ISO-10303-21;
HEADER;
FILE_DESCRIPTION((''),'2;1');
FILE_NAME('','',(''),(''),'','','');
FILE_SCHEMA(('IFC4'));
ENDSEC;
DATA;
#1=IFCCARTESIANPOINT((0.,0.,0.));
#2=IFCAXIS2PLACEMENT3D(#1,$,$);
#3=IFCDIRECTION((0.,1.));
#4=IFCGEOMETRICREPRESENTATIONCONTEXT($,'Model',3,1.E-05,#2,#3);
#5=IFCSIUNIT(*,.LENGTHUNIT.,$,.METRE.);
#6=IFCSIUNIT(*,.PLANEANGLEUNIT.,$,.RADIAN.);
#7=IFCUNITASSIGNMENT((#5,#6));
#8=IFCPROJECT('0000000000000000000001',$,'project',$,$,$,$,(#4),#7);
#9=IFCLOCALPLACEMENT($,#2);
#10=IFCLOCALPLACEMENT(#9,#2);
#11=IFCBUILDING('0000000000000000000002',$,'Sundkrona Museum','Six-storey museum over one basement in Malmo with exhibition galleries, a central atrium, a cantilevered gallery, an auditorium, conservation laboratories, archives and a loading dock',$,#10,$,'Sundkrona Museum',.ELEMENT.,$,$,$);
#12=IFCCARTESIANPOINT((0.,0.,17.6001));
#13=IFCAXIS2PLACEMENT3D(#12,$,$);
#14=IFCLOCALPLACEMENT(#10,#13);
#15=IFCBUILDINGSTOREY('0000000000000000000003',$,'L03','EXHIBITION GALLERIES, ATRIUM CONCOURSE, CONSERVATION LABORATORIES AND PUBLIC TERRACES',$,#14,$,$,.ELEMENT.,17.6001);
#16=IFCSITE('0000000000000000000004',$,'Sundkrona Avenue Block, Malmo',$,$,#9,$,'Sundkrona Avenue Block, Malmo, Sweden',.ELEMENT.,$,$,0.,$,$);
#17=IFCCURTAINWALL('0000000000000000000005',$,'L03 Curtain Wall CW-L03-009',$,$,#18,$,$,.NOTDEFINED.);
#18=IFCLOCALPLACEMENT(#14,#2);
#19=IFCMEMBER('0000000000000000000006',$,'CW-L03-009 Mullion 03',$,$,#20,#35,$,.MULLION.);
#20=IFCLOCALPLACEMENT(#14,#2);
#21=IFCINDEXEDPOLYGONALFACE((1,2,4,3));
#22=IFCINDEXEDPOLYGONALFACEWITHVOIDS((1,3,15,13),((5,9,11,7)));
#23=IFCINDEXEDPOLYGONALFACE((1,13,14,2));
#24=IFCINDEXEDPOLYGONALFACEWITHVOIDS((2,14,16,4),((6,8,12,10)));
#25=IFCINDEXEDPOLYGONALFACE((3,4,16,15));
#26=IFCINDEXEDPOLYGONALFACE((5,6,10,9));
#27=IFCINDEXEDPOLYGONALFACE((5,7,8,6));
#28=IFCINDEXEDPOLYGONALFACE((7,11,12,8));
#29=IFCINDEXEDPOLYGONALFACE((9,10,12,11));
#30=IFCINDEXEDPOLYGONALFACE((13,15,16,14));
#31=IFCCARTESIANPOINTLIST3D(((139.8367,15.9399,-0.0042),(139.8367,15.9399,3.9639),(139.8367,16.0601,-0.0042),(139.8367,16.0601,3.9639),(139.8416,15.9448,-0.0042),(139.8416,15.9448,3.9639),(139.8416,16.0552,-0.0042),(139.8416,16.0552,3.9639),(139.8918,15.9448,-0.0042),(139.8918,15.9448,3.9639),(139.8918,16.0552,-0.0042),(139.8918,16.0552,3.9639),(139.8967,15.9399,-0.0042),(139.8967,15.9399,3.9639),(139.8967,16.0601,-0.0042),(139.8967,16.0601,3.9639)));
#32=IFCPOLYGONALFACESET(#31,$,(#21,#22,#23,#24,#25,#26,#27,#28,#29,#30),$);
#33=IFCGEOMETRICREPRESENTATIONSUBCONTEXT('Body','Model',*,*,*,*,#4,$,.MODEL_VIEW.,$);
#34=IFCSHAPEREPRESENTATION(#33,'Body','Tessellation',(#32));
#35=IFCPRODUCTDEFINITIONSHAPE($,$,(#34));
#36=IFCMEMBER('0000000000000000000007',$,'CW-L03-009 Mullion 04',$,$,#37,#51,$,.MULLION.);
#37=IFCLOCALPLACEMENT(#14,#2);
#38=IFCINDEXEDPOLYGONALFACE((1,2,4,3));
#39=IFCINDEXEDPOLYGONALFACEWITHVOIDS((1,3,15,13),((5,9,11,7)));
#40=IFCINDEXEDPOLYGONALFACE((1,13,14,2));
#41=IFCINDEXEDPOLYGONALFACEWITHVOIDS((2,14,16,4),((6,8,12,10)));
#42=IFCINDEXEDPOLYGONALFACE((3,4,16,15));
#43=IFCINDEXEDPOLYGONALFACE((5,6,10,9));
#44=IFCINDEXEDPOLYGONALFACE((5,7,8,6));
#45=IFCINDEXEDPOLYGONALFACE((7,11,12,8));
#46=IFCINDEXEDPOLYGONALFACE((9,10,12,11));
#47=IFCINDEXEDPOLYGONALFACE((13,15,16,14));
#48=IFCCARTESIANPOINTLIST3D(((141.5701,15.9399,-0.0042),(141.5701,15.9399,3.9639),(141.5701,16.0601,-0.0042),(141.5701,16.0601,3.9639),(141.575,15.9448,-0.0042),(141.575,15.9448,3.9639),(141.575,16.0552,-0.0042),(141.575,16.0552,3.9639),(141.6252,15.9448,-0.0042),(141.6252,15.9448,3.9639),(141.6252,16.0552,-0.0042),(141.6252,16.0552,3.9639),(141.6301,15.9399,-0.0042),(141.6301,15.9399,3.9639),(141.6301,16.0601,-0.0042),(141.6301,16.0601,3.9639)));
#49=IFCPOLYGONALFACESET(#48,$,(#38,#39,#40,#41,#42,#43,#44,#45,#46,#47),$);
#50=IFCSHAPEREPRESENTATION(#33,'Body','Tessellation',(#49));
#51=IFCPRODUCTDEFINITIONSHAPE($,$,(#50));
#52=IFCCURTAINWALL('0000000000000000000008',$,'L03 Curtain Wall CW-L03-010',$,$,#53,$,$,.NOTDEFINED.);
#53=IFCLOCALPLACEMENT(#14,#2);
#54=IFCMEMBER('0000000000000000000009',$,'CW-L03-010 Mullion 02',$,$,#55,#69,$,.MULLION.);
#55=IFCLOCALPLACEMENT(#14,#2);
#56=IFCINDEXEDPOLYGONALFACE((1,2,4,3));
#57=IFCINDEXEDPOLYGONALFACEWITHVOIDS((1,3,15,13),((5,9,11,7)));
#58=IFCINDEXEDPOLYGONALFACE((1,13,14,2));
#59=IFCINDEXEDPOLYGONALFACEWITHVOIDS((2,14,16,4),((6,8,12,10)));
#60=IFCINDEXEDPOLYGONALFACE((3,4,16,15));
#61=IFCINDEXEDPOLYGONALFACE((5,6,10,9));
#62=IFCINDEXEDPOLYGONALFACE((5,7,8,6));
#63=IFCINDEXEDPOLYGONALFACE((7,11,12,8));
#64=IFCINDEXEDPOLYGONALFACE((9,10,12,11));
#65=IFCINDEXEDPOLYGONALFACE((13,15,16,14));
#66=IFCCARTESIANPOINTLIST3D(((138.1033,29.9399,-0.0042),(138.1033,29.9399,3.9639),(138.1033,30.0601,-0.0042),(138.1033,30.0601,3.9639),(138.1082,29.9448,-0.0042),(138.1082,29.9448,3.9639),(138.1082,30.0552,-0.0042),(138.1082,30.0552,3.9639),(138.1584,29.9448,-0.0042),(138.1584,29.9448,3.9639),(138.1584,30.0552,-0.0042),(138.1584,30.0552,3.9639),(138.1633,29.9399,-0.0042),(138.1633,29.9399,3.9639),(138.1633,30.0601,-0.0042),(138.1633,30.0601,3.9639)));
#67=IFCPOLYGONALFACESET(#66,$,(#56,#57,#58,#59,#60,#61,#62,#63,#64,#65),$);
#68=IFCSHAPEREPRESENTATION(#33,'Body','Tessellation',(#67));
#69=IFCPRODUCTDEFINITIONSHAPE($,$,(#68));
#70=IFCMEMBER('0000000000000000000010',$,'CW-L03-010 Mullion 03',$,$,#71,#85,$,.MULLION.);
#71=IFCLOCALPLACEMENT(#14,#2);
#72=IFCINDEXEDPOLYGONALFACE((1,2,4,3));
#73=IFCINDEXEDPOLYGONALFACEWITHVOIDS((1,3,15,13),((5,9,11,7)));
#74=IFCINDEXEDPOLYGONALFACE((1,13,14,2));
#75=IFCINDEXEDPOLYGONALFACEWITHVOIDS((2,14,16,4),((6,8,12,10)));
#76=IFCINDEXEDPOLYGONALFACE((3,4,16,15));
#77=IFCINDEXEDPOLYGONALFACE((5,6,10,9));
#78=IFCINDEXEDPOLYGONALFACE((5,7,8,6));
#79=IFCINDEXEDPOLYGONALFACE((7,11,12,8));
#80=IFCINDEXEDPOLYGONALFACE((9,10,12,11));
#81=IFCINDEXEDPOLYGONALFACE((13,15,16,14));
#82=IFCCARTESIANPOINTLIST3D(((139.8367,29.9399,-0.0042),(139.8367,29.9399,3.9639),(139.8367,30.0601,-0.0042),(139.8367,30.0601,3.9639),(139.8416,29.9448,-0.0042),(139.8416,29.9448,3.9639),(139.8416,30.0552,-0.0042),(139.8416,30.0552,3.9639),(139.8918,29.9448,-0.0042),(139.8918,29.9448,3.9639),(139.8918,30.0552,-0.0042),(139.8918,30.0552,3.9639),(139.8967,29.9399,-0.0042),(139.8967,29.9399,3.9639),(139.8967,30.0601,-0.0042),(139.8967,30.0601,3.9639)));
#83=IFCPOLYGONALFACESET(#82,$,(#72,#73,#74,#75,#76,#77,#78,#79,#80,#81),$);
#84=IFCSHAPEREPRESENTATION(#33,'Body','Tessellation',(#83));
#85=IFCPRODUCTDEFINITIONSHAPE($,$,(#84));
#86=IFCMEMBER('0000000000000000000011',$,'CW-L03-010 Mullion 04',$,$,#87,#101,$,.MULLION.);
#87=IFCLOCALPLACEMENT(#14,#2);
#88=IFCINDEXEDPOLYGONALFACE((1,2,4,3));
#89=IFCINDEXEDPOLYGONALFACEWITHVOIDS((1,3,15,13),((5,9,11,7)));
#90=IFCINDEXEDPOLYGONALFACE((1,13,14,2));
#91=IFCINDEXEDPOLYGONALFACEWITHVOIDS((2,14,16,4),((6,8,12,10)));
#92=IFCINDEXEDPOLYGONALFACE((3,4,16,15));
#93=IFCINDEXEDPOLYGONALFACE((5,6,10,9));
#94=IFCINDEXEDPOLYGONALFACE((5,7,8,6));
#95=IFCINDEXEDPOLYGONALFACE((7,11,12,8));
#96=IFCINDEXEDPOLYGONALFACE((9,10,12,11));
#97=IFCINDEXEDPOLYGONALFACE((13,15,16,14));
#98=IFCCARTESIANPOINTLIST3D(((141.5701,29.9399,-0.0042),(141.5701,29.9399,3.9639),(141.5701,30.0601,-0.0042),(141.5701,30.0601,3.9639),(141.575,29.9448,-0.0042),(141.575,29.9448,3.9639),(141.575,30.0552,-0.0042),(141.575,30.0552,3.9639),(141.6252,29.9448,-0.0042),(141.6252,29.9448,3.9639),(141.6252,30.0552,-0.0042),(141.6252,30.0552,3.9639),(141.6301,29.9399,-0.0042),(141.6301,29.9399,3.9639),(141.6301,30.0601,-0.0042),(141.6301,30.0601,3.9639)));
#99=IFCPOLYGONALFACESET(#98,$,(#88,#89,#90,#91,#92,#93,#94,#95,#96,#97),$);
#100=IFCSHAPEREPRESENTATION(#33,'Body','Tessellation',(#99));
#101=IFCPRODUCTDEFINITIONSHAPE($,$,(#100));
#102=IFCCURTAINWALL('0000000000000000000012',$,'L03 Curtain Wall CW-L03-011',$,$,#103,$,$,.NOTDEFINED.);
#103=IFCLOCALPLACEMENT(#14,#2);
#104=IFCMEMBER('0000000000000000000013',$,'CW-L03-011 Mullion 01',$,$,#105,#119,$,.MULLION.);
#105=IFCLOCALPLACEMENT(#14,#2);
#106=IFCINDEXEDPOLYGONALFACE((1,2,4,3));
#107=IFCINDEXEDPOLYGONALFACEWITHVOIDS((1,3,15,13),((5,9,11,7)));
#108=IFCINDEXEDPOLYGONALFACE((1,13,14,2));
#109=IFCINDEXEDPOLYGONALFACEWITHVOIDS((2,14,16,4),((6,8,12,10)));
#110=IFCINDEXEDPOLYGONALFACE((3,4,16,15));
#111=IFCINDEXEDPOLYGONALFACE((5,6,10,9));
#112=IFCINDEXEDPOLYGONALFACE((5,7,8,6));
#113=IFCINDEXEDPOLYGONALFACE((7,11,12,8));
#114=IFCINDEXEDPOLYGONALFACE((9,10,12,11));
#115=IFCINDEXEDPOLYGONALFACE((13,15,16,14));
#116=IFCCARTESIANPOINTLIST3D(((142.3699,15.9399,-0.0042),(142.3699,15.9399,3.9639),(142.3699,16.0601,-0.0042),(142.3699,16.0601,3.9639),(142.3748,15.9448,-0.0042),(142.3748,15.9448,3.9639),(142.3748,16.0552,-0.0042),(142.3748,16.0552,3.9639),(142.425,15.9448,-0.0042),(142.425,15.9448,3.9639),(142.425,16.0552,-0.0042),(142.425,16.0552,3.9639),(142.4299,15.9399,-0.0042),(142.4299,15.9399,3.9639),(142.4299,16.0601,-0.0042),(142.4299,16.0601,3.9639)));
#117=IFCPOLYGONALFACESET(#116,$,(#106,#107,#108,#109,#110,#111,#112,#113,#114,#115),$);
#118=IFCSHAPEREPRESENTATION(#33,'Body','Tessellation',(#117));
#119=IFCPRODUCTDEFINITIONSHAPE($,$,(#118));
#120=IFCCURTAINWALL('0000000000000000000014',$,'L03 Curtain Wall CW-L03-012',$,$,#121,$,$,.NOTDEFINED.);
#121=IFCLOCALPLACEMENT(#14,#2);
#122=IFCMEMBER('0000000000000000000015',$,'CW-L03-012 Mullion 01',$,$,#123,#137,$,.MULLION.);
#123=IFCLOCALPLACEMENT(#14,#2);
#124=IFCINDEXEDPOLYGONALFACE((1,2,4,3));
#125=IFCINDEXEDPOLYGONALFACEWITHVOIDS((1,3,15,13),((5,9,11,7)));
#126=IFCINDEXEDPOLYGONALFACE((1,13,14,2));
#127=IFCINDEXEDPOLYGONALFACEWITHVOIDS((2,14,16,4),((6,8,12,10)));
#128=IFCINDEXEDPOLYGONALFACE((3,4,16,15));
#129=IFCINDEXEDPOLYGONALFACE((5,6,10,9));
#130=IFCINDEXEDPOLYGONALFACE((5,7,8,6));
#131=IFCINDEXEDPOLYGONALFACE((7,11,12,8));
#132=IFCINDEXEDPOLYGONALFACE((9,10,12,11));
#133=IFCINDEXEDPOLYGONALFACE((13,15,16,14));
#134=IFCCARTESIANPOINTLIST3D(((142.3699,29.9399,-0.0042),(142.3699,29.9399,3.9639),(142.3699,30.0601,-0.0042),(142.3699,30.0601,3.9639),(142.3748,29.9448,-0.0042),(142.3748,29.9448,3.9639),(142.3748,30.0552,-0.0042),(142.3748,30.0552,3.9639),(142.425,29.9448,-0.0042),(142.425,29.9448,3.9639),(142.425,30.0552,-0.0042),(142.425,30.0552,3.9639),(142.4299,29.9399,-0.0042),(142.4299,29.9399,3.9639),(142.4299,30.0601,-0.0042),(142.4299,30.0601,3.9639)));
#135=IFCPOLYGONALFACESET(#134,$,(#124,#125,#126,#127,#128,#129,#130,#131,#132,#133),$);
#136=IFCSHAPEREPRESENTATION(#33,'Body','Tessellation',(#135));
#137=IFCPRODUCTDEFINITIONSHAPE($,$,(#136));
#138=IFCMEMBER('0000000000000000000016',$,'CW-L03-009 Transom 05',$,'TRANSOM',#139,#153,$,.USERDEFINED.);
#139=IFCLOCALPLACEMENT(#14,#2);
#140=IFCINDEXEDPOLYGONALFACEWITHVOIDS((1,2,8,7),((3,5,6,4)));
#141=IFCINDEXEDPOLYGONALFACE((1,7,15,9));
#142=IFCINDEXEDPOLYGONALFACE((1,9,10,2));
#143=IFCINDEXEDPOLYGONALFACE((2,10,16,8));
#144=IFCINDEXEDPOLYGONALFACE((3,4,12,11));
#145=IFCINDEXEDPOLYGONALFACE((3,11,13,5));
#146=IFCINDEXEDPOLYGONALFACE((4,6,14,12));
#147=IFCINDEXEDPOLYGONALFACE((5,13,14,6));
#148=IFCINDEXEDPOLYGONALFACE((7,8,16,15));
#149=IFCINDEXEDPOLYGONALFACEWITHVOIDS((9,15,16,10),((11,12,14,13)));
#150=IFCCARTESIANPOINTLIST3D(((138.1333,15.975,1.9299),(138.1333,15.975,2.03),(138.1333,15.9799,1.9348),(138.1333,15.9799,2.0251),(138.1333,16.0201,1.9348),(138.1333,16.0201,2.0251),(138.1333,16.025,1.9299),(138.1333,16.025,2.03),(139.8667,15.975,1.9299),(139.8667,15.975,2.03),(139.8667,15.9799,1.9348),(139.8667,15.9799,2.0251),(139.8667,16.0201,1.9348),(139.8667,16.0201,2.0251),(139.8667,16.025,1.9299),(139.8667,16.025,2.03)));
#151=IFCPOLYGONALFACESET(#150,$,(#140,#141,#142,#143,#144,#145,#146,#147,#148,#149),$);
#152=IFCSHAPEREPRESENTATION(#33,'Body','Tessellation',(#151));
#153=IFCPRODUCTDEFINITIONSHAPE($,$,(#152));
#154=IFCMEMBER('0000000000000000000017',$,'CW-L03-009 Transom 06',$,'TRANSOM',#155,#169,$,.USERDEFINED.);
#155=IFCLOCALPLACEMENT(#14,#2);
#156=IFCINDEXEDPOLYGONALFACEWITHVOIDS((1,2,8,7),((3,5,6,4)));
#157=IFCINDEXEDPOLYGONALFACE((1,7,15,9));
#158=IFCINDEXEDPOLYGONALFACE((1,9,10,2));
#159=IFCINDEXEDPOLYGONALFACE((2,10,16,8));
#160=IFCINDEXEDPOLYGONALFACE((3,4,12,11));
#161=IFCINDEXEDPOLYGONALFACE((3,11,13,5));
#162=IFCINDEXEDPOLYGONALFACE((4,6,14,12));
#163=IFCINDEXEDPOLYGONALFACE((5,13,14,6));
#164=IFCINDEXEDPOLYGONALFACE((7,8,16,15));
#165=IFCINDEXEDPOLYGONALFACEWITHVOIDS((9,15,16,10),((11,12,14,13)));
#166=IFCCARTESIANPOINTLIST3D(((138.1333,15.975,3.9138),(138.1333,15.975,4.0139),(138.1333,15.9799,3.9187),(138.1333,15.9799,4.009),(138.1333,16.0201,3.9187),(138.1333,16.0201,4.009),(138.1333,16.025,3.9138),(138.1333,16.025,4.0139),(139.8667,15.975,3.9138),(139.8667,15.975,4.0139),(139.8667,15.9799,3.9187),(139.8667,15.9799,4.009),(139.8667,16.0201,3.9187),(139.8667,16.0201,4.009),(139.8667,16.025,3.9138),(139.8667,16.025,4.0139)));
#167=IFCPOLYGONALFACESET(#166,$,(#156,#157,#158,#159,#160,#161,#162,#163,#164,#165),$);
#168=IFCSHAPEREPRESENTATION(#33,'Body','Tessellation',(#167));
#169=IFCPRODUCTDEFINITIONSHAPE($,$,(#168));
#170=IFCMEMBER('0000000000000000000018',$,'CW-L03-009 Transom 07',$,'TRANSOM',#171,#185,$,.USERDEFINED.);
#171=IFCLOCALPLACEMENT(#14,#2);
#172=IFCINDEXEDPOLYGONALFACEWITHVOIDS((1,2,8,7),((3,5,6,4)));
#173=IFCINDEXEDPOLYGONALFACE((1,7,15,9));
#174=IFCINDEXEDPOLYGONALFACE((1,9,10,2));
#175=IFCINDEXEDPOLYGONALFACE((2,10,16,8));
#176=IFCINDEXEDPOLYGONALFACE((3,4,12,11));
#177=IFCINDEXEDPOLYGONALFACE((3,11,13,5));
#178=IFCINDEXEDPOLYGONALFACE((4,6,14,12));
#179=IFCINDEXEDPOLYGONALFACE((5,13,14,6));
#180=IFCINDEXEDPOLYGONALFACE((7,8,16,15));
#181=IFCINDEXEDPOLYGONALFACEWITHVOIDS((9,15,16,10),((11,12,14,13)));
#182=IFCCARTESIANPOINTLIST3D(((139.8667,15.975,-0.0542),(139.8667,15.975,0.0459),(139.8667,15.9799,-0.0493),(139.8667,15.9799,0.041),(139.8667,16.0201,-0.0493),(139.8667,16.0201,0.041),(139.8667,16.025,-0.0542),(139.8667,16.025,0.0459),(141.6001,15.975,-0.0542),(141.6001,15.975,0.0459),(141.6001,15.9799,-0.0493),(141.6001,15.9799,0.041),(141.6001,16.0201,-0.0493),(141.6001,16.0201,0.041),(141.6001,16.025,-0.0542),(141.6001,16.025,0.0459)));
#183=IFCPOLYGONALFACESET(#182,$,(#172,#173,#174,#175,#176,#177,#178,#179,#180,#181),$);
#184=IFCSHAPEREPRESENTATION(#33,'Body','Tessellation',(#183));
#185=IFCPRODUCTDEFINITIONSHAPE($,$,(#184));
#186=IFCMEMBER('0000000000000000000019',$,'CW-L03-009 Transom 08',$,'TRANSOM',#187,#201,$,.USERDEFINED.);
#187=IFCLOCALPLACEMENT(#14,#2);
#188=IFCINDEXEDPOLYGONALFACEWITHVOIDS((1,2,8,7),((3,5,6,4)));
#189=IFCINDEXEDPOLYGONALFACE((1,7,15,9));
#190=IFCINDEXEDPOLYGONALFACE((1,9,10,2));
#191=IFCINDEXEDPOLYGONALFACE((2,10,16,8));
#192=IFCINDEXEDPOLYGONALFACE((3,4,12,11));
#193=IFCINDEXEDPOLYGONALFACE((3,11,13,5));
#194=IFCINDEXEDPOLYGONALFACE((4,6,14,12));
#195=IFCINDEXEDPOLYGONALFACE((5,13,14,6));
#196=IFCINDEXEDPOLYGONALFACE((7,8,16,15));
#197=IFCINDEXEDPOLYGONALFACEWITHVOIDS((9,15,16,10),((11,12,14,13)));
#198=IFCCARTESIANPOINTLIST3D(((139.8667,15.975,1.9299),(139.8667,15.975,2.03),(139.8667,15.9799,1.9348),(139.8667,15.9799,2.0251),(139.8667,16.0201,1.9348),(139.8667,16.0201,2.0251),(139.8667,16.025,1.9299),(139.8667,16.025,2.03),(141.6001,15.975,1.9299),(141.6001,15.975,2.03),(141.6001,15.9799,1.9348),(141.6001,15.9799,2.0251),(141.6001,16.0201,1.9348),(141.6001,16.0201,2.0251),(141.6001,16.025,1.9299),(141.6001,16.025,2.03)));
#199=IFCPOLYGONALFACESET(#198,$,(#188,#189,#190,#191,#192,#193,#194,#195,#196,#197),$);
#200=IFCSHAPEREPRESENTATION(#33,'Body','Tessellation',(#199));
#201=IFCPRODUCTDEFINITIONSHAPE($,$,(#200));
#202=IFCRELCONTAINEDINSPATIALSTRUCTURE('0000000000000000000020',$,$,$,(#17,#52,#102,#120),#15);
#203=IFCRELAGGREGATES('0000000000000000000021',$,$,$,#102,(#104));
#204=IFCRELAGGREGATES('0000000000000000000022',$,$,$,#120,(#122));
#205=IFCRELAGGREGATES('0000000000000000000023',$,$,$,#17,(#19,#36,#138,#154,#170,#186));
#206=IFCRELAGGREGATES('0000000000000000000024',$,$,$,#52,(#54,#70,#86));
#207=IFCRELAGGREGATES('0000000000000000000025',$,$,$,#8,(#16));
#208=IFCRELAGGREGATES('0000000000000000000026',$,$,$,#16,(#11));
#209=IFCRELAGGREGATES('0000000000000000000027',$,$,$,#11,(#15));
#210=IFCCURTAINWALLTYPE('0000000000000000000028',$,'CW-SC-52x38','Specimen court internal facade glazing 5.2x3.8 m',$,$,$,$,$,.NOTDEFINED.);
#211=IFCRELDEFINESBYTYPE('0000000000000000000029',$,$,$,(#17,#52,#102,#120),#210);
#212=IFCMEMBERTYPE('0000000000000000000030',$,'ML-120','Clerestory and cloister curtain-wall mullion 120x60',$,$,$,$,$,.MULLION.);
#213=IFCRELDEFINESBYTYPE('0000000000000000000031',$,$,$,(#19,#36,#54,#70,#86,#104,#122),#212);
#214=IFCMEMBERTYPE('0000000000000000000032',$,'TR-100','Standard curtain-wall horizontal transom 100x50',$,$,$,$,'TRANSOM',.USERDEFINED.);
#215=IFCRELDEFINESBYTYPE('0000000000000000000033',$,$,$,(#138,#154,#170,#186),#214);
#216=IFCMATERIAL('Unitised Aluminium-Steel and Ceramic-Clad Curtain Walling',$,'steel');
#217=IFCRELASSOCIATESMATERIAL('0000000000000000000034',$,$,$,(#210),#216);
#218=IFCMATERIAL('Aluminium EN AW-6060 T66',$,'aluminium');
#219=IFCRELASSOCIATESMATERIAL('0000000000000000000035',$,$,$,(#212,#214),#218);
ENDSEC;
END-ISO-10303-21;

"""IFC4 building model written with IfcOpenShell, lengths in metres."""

from ifc_helpers import new_model, si_unit, direction, frame, origin, origin_2d, place, context, subcontext, project, spatial, hollow_rectangle, extrude, material, material_profile, profile_set, type_object, element, aggregate, save


model = new_model("IFC4")

# Units and contexts
model_context = context("Model", 3, precision=1e-05, world=origin(), true_north=direction((0.0, 1.0)))
body_context = subcontext(model_context, "Body", "Model", "MODEL_VIEW")
ifc_project = project(units=[si_unit("LENGTHUNIT", "METRE"), si_unit("PLANEANGLEUNIT", "RADIAN")], contexts=[model_context])

# Site, building, storey
site_placement = place(None, origin())
site = spatial("IfcSite", under=ifc_project, at=site_placement, Name="Sundkrona Avenue Block, Malmo", LongName="Sundkrona Avenue Block, Malmo, Sweden", CompositionType="ELEMENT", RefElevation=0.0)
building_placement = place(site_placement, origin())
building = spatial("IfcBuilding", under=site, at=building_placement, Name="Sundkrona Museum", Description="Six-storey museum over one basement in Malmo with exhibition galleries, a central atrium, a cantilevered gallery, an auditorium, conservation laboratories, archives and a loading dock", LongName="Sundkrona Museum", CompositionType="ELEMENT")
storey_placement = place(building_placement, frame((0.0, 0.0, 17.6001)))
storey = spatial("IfcBuildingStorey", under=building, at=storey_placement, Name="L03", Description="EXHIBITION GALLERIES, ATRIUM CONCOURSE, CONSERVATION LABORATORIES AND PUBLIC TERRACES", CompositionType="ELEMENT", Elevation=17.6001)

# Curtain walls, members
ifc_material_1 = material(Name="Unitised Aluminium-Steel and Ceramic-Clad Curtain Walling", Category="steel")
curtain_wall_type = type_object("IfcCurtainWallType", Name="CW-SC-52x38", Description="Specimen court internal facade glazing 5.2x3.8 m", PredefinedType="NOTDEFINED", material=ifc_material_1)
curtain_wall_1_placement = place(storey_placement, origin())
curtain_wall_1 = element("IfcCurtainWall", 1, at=curtain_wall_1_placement, inside=storey, type_object=curtain_wall_type, Name="L03 Curtain Wall CW-L03-009", PredefinedType="NOTDEFINED")
ifc_material_2 = material(Name="Aluminium EN AW-6060 T66", Category="aluminium")
ifc_material_profile_1 = material_profile(ifc_material_2, hollow_rectangle(XDim=0.0601, YDim=0.1201, WallThickness=0.0049, at=origin_2d()), Name="RHS 120x60x5.0")
ifc_profile_set_1 = profile_set([ifc_material_profile_1], Name="Aluminium EN AW-6060 T66")
member_type_1 = type_object("IfcMemberType", Name="ML-120", Description="Clerestory and cloister curtain-wall mullion 120x60", PredefinedType="MULLION", material=ifc_profile_set_1)
member_1_placement = place(storey_placement, frame((139.8667, 16.0, -0.0042), z_axis=(0.0, 0.0, 1.0), x_axis=(1.0, 0.0, 0.0)))
member_1 = element("IfcMember", 2, at=member_1_placement, type_object=member_type_1, Name="CW-L03-009 Mullion 03", PredefinedType="MULLION", context=body_context, shape_type="SweptSolid", body=[
    extrude(hollow_rectangle(XDim=0.0601, YDim=0.1201, WallThickness=0.0049, at=origin_2d()), origin(), (0.0, 0.0, 1.0), 3.968),
])
member_2_placement = place(storey_placement, frame((141.6001, 16.0, -0.0042), z_axis=(0.0, 0.0, 1.0), x_axis=(1.0, 0.0, 0.0)))
member_2 = element("IfcMember", 3, at=member_2_placement, type_object=member_type_1, Name="CW-L03-009 Mullion 04", PredefinedType="MULLION", context=body_context, shape_type="SweptSolid", body=[
    extrude(hollow_rectangle(XDim=0.0601, YDim=0.1201, WallThickness=0.0049, at=origin_2d()), origin(), (0.0, 0.0, 1.0), 3.968),
])
curtain_wall_2_placement = place(storey_placement, origin())
curtain_wall_2 = element("IfcCurtainWall", 4, at=curtain_wall_2_placement, inside=storey, type_object=curtain_wall_type, Name="L03 Curtain Wall CW-L03-010", PredefinedType="NOTDEFINED")
member_3_placement = place(storey_placement, frame((138.1333, 30.0, -0.0042), z_axis=(0.0, 0.0, 1.0), x_axis=(1.0, 0.0, 0.0)))
member_3 = element("IfcMember", 5, at=member_3_placement, type_object=member_type_1, Name="CW-L03-010 Mullion 02", PredefinedType="MULLION", context=body_context, shape_type="SweptSolid", body=[
    extrude(hollow_rectangle(XDim=0.0601, YDim=0.1201, WallThickness=0.0049, at=origin_2d()), origin(), (0.0, 0.0, 1.0), 3.968),
])
member_4_placement = place(storey_placement, frame((139.8667, 30.0, -0.0042), z_axis=(0.0, 0.0, 1.0), x_axis=(1.0, 0.0, 0.0)))
member_4 = element("IfcMember", 6, at=member_4_placement, type_object=member_type_1, Name="CW-L03-010 Mullion 03", PredefinedType="MULLION", context=body_context, shape_type="SweptSolid", body=[
    extrude(hollow_rectangle(XDim=0.0601, YDim=0.1201, WallThickness=0.0049, at=origin_2d()), origin(), (0.0, 0.0, 1.0), 3.968),
])
member_5_placement = place(storey_placement, frame((141.6001, 30.0, -0.0042), z_axis=(0.0, 0.0, 1.0), x_axis=(1.0, 0.0, 0.0)))
member_5 = element("IfcMember", 7, at=member_5_placement, type_object=member_type_1, Name="CW-L03-010 Mullion 04", PredefinedType="MULLION", context=body_context, shape_type="SweptSolid", body=[
    extrude(hollow_rectangle(XDim=0.0601, YDim=0.1201, WallThickness=0.0049, at=origin_2d()), origin(), (0.0, 0.0, 1.0), 3.968),
])

# Curtain walls, members
curtain_wall_3_placement = place(storey_placement, origin())
curtain_wall_3 = element("IfcCurtainWall", 8, at=curtain_wall_3_placement, inside=storey, type_object=curtain_wall_type, Name="L03 Curtain Wall CW-L03-011", PredefinedType="NOTDEFINED")
member_6_placement = place(storey_placement, frame((142.3999, 16.0, -0.0042), z_axis=(0.0, 0.0, 1.0), x_axis=(1.0, 0.0, 0.0)))
member_6 = element("IfcMember", 9, at=member_6_placement, type_object=member_type_1, Name="CW-L03-011 Mullion 01", PredefinedType="MULLION", context=body_context, shape_type="SweptSolid", body=[
    extrude(hollow_rectangle(XDim=0.0601, YDim=0.1201, WallThickness=0.0049, at=origin_2d()), origin(), (0.0, 0.0, 1.0), 3.968),
])
curtain_wall_4_placement = place(storey_placement, origin())
curtain_wall_4 = element("IfcCurtainWall", 10, at=curtain_wall_4_placement, inside=storey, type_object=curtain_wall_type, Name="L03 Curtain Wall CW-L03-012", PredefinedType="NOTDEFINED")
member_7_placement = place(storey_placement, frame((142.3999, 30.0, -0.0042), z_axis=(0.0, 0.0, 1.0), x_axis=(1.0, 0.0, 0.0)))
member_7 = element("IfcMember", 11, at=member_7_placement, type_object=member_type_1, Name="CW-L03-012 Mullion 01", PredefinedType="MULLION", context=body_context, shape_type="SweptSolid", body=[
    extrude(hollow_rectangle(XDim=0.0601, YDim=0.1201, WallThickness=0.0049, at=origin_2d()), origin(), (0.0, 0.0, 1.0), 3.968),
])

# Members
ifc_material_profile_2 = material_profile(ifc_material_2, hollow_rectangle(XDim=0.05, YDim=0.1001, WallThickness=0.0049, at=origin_2d()), Name="RHS 100x50x5.0")
ifc_profile_set_2 = profile_set([ifc_material_profile_2], Name="Aluminium EN AW-6060 T66")
member_type_2 = type_object("IfcMemberType", Name="TR-100", Description="Standard curtain-wall horizontal transom 100x50", ElementType="TRANSOM", PredefinedType="USERDEFINED", material=ifc_profile_set_2)
member_8_placement = place(storey_placement, frame((138.1333, 16.0, 1.98), z_axis=(1.0, 0.0, 0.0), x_axis=(0.0, 1.0, 0.0)))
member_8 = element("IfcMember", 12, at=member_8_placement, type_object=member_type_2, Name="CW-L03-009 Transom 05", ObjectType="TRANSOM", PredefinedType="USERDEFINED", context=body_context, shape_type="SweptSolid", body=[
    extrude(hollow_rectangle(XDim=0.05, YDim=0.1001, WallThickness=0.0049, at=origin_2d()), origin(), (0.0, 0.0, 1.0), 1.7334),
])
member_9_placement = place(storey_placement, frame((138.1333, 16.0, 3.9639), z_axis=(1.0, 0.0, 0.0), x_axis=(0.0, 1.0, 0.0)))
member_9 = element("IfcMember", 13, at=member_9_placement, type_object=member_type_2, Name="CW-L03-009 Transom 06", ObjectType="TRANSOM", PredefinedType="USERDEFINED", context=body_context, shape_type="SweptSolid", body=[
    extrude(hollow_rectangle(XDim=0.05, YDim=0.1001, WallThickness=0.0049, at=origin_2d()), origin(), (0.0, 0.0, 1.0), 1.7334),
])
member_10_placement = place(storey_placement, frame((139.8667, 16.0, -0.0042), z_axis=(1.0, 0.0, 0.0), x_axis=(0.0, 1.0, 0.0)))
member_10 = element("IfcMember", 14, at=member_10_placement, type_object=member_type_2, Name="CW-L03-009 Transom 07", ObjectType="TRANSOM", PredefinedType="USERDEFINED", context=body_context, shape_type="SweptSolid", body=[
    extrude(hollow_rectangle(XDim=0.05, YDim=0.1001, WallThickness=0.0049, at=origin_2d()), origin(), (0.0, 0.0, 1.0), 1.7334),
])
member_11_placement = place(storey_placement, frame((139.8667, 16.0, 1.98), z_axis=(1.0, 0.0, 0.0), x_axis=(0.0, 1.0, 0.0)))
member_11 = element("IfcMember", 15, at=member_11_placement, type_object=member_type_2, Name="CW-L03-009 Transom 08", ObjectType="TRANSOM", PredefinedType="USERDEFINED", context=body_context, shape_type="SweptSolid", body=[
    extrude(hollow_rectangle(XDim=0.05, YDim=0.1001, WallThickness=0.0049, at=origin_2d()), origin(), (0.0, 0.0, 1.0), 1.7334),
])
aggregate(curtain_wall_3, [member_6])
aggregate(curtain_wall_4, [member_7])

aggregate(curtain_wall_1, [member_1, member_2, member_8, member_9, member_10, member_11])
aggregate(curtain_wall_2, [member_3, member_4, member_5])

save(model, "model.ifc")
